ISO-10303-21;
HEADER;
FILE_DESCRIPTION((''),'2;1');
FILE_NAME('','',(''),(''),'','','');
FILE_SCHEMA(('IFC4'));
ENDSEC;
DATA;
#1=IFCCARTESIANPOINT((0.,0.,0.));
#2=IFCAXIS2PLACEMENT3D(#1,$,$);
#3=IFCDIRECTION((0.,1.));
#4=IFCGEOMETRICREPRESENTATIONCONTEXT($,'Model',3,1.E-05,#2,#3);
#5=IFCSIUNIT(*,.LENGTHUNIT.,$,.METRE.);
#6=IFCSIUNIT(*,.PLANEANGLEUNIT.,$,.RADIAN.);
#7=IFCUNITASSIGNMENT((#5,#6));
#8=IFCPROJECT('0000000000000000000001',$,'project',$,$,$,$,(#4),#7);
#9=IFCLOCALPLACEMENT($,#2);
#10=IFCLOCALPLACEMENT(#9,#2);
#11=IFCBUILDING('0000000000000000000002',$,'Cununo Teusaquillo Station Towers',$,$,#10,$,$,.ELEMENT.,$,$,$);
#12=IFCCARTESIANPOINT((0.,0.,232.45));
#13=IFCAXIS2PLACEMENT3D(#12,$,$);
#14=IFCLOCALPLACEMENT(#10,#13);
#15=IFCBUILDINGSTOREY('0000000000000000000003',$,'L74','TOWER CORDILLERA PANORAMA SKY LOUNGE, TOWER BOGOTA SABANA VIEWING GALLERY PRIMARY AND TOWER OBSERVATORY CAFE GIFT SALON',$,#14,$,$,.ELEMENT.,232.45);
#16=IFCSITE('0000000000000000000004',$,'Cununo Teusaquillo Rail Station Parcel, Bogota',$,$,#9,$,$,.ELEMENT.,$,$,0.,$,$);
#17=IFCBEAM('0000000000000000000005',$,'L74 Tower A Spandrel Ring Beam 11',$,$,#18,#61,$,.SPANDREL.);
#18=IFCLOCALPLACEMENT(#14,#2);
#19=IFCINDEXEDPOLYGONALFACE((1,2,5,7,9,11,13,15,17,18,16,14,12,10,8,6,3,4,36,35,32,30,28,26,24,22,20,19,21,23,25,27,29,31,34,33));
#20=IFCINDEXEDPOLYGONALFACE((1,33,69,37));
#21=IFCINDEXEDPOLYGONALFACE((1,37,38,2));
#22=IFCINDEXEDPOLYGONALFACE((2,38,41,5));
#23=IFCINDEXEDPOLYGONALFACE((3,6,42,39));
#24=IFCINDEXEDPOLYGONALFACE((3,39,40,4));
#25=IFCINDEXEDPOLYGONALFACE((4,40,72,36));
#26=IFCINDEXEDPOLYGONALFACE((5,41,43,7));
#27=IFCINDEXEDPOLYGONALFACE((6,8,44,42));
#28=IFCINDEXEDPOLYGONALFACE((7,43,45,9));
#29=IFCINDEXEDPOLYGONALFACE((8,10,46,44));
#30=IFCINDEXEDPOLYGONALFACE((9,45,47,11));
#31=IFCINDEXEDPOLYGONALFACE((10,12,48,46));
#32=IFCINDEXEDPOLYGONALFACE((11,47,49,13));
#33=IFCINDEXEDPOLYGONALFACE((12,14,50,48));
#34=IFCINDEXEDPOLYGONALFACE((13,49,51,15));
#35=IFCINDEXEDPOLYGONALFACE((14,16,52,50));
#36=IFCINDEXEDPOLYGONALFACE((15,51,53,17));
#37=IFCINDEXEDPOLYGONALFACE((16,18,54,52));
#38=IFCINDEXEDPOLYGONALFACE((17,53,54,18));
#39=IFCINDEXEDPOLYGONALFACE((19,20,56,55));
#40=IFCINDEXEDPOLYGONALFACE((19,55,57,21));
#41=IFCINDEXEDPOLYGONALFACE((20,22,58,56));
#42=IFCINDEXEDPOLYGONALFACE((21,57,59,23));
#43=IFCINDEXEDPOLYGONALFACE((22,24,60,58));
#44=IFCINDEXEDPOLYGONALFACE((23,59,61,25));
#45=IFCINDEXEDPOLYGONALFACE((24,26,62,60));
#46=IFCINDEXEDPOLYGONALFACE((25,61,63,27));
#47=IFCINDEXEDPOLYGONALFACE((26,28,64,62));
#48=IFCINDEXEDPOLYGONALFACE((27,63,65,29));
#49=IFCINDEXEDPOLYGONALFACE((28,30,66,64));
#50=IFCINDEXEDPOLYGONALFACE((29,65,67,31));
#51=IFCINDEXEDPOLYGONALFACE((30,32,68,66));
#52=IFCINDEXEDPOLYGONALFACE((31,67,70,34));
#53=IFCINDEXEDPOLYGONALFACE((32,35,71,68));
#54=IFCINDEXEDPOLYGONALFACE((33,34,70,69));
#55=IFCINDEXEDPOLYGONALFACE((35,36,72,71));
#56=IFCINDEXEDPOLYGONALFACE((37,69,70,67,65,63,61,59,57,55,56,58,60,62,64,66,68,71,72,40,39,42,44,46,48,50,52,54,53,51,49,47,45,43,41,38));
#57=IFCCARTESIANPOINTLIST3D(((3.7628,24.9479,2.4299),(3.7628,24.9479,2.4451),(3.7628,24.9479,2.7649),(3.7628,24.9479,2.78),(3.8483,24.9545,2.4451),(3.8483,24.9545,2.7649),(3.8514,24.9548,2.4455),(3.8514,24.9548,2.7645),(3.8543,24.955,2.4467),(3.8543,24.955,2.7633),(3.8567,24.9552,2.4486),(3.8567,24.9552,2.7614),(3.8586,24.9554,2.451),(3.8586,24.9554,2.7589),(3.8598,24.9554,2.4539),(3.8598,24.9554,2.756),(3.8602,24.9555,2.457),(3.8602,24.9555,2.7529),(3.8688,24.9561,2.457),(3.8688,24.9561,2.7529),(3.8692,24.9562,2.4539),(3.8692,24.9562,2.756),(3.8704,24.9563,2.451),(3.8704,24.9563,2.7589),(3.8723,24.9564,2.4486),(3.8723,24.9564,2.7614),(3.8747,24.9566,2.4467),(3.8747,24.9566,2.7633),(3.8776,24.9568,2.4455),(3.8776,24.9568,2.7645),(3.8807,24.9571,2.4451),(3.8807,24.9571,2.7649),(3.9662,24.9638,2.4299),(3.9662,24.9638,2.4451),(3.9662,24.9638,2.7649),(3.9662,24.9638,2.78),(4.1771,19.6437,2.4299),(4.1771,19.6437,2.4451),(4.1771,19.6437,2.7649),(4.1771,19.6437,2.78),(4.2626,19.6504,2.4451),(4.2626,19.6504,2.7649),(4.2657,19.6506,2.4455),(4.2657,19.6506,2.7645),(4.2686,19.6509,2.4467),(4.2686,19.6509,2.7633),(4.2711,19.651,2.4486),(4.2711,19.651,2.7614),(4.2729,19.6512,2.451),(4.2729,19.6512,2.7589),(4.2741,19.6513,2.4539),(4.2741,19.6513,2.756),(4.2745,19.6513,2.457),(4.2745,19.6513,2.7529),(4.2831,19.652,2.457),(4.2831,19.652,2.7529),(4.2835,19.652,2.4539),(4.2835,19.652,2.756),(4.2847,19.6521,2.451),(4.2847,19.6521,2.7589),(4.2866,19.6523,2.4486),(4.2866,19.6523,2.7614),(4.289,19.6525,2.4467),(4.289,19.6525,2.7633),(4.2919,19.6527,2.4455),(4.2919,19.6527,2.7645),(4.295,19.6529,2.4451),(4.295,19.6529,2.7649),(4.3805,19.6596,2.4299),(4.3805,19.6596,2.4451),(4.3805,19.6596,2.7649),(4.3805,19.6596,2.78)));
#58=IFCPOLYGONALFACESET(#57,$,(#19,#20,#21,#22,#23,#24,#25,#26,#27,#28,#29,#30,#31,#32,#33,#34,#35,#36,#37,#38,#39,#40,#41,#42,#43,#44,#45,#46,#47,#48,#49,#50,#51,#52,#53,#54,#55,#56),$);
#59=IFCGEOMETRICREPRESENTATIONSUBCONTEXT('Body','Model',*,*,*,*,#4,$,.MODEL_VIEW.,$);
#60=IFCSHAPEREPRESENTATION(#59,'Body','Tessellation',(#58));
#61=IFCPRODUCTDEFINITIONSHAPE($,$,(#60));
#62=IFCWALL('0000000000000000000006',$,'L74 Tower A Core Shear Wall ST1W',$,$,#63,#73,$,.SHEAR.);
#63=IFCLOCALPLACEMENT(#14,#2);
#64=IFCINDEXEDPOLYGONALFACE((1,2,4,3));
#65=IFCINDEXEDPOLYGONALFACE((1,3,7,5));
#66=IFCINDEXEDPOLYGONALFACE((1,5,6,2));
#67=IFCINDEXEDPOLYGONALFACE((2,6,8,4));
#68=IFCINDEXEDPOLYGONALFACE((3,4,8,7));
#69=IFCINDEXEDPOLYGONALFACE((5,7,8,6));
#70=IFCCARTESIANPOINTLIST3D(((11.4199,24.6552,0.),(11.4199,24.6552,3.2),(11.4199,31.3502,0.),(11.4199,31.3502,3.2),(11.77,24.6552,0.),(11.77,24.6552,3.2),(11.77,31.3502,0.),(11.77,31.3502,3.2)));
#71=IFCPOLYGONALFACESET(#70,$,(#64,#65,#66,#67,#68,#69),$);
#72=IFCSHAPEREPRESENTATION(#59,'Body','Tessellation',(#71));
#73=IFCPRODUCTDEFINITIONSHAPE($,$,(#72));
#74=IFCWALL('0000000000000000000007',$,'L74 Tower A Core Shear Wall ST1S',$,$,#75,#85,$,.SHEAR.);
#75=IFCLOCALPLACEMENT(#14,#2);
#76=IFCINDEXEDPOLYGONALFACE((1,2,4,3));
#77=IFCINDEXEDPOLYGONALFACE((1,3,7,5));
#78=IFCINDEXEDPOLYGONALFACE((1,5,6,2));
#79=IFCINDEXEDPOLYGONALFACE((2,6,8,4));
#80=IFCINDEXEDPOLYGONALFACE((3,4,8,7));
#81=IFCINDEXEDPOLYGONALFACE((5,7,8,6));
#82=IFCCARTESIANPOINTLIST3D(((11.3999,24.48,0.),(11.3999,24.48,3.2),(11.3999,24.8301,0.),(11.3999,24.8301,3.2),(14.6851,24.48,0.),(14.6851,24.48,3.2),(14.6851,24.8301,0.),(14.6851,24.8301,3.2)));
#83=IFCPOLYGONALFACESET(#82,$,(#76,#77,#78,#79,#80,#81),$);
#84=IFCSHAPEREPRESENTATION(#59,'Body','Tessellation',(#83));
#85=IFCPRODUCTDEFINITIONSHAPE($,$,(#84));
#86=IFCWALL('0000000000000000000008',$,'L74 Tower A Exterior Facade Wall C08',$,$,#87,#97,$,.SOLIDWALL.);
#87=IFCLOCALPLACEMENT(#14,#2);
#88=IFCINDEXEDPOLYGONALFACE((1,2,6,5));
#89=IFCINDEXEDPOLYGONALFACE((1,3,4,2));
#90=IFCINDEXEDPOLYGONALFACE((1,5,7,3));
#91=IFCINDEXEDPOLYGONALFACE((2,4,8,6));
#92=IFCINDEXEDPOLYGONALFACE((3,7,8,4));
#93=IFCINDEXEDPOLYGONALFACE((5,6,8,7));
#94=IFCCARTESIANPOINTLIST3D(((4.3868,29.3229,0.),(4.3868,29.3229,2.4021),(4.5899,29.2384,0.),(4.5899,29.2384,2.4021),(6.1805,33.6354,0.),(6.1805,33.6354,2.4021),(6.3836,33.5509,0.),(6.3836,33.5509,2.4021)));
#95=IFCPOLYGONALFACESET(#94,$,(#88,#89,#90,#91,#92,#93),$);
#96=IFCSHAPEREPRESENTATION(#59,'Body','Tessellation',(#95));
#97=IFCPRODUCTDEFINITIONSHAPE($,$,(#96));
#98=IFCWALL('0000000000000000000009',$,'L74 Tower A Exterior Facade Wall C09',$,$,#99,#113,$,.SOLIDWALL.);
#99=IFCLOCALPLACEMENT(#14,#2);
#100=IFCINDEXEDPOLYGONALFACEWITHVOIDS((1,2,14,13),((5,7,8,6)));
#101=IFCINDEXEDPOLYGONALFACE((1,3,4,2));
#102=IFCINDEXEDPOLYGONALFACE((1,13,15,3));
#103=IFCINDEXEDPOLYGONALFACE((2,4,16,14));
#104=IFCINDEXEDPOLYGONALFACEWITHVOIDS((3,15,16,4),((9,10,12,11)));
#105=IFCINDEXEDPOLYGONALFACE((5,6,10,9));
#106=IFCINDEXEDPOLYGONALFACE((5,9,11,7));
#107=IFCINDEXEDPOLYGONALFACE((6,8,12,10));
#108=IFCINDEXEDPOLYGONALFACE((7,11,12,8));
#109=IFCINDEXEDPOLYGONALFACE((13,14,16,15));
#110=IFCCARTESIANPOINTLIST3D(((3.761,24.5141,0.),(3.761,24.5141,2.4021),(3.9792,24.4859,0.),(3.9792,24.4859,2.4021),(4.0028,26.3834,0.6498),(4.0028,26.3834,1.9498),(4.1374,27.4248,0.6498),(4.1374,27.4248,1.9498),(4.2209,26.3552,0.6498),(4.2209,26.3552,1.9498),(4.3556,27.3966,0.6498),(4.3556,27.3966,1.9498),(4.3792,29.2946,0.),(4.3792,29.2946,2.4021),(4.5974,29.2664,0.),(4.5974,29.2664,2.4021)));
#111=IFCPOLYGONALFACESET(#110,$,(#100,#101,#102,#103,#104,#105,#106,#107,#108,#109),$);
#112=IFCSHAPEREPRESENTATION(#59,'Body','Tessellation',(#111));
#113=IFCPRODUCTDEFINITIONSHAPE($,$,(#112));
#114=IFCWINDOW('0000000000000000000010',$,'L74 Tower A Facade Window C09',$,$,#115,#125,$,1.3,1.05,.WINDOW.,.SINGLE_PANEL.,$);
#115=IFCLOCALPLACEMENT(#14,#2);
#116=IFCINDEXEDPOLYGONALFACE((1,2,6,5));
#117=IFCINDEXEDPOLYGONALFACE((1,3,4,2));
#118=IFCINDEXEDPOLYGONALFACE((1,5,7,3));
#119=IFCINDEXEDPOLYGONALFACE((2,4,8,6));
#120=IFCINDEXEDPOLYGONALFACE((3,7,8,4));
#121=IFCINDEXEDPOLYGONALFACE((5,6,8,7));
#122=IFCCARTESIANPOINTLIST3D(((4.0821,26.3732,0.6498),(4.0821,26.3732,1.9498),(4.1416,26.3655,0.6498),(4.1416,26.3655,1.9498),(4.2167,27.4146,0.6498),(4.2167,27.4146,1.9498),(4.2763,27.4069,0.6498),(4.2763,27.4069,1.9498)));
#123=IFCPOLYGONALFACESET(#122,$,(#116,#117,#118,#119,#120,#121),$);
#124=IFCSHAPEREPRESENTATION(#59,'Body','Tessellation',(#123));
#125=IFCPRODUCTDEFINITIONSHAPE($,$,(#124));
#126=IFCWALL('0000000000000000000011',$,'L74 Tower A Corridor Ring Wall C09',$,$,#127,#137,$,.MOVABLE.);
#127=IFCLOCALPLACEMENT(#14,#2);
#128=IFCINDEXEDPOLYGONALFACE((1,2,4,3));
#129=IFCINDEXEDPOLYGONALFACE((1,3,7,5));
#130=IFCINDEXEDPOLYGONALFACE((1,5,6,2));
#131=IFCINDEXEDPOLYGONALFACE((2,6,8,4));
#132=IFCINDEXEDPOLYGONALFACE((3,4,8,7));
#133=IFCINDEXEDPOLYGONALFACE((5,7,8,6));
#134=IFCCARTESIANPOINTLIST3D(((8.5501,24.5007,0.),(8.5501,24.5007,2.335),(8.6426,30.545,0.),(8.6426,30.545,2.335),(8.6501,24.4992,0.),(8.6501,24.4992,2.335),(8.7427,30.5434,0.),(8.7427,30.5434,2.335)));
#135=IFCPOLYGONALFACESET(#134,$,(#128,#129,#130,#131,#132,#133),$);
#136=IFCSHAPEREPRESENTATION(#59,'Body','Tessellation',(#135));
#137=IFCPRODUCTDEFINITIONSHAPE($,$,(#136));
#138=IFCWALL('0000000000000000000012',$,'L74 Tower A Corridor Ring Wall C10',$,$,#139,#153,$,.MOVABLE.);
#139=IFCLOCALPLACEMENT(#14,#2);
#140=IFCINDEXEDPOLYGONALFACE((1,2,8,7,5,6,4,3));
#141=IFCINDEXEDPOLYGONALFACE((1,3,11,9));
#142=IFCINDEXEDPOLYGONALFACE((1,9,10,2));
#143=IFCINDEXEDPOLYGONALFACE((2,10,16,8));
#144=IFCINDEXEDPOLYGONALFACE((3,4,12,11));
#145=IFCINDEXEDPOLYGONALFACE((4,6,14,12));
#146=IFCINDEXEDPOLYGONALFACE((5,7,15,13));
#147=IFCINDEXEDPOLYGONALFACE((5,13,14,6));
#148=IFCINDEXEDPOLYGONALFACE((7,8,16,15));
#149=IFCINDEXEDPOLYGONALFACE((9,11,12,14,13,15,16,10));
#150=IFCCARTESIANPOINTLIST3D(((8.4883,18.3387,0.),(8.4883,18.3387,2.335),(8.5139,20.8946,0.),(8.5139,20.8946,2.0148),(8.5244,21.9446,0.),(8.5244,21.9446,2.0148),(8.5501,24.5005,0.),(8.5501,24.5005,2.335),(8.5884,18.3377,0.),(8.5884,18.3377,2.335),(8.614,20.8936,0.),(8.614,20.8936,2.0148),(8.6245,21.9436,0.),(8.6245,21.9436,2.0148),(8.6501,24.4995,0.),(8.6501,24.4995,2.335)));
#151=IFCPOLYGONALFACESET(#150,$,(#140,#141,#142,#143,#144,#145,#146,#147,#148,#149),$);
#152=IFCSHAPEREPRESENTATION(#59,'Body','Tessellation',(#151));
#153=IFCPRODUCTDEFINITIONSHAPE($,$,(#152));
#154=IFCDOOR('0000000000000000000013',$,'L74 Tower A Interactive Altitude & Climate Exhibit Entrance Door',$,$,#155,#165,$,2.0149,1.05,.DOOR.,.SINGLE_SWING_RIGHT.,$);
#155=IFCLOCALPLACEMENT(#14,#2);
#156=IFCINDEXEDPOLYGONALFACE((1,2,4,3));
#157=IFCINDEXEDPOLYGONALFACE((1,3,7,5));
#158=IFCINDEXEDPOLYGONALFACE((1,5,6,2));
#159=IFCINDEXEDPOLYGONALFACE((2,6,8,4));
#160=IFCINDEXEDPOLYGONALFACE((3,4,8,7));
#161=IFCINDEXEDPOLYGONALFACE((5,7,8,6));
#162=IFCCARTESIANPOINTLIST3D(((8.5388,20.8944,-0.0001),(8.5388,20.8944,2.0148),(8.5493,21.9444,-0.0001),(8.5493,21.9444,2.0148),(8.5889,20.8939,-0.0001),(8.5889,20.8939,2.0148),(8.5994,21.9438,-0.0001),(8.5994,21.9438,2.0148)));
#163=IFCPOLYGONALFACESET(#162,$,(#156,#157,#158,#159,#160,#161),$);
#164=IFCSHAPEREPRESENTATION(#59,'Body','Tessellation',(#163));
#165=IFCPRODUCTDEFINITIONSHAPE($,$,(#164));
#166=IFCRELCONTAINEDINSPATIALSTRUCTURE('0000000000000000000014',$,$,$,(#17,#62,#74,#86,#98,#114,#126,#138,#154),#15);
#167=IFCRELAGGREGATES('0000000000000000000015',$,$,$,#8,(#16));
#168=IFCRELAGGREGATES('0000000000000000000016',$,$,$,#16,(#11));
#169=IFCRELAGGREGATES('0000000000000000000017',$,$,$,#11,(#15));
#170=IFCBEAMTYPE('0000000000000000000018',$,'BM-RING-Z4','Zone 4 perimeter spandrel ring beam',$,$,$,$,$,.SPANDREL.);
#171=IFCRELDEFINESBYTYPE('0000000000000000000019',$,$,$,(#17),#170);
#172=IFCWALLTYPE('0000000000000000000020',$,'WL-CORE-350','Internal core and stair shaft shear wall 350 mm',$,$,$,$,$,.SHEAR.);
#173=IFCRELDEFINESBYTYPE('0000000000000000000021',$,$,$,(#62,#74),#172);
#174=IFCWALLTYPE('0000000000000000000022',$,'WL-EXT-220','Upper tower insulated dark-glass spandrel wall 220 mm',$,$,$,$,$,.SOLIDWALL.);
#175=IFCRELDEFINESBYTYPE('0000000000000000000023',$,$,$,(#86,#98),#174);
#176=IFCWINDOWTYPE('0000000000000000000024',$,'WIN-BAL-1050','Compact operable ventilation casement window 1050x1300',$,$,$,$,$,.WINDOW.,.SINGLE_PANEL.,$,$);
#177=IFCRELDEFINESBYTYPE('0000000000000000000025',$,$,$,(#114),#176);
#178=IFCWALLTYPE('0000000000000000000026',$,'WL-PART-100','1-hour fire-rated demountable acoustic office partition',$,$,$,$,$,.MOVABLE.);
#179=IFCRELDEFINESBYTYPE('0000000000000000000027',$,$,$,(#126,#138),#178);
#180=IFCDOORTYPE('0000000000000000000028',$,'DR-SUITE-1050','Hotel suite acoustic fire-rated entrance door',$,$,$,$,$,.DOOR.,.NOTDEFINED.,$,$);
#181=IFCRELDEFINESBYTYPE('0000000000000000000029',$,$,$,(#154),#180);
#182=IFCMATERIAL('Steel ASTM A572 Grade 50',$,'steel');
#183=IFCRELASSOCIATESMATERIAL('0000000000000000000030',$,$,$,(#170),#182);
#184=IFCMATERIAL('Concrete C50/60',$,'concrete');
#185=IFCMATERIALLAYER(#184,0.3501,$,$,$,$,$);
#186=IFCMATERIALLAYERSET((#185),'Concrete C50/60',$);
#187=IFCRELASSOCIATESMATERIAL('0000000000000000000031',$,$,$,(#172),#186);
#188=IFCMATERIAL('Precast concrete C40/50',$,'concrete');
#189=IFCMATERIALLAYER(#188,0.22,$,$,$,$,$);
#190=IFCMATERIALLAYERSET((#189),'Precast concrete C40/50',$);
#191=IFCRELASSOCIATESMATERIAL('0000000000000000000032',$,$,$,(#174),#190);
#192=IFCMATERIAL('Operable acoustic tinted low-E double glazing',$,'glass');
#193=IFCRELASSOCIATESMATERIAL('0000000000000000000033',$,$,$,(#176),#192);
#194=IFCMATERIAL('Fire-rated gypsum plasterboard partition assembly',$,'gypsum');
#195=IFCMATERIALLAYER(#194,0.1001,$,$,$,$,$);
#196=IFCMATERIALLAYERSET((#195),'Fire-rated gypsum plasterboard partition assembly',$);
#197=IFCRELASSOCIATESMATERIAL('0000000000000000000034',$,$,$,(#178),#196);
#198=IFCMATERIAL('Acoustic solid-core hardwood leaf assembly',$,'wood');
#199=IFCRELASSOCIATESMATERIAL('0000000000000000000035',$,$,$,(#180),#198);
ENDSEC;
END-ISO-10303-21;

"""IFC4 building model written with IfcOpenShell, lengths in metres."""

from ifc_helpers import new_model, si_unit, direction, frame, frame_2d, origin, origin_2d, place, context, subcontext, project, spatial, rectangle, i_section, extrude, source, transform, mapped, material, layer, layer_set, material_profile, profile_set, type_object, element, fill, save


model = new_model("IFC4")

# Units and contexts
model_context = context("Model", 3, precision=1e-05, world=origin(), true_north=direction((0.0, 1.0)))
body_context = subcontext(model_context, "Body", "Model", "MODEL_VIEW")
ifc_project = project(units=[si_unit("LENGTHUNIT", "METRE"), si_unit("PLANEANGLEUNIT", "RADIAN")], contexts=[model_context])

# Site, building, storey
site_placement = place(None, origin())
site = spatial("IfcSite", under=ifc_project, at=site_placement, Name="Cununo Teusaquillo Rail Station Parcel, Bogota", CompositionType="ELEMENT", RefElevation=0.0)
building_placement = place(site_placement, origin())
building = spatial("IfcBuilding", under=site, at=building_placement, Name="Cununo Teusaquillo Station Towers", CompositionType="ELEMENT")
storey_placement = place(building_placement, frame((0.0, 0.0, 232.45)))
storey = spatial("IfcBuildingStorey", under=building, at=storey_placement, Name="L74", Description="TOWER CORDILLERA PANORAMA SKY LOUNGE, TOWER BOGOTA SABANA VIEWING GALLERY PRIMARY AND TOWER OBSERVATORY CAFE GIFT SALON", CompositionType="ELEMENT", Elevation=232.45)

# Beam
ifc_material_1 = material(Name="Steel ASTM A572 Grade 50", Category="steel")
ifc_material_profile_1 = material_profile(ifc_material_1, i_section(OverallWidth=0.2041, OverallDepth=0.3501, WebThickness=0.0085, FlangeThickness=0.0151, FilletRadius=0.012, at=origin_2d()), Name="W14X48")
ifc_profile_set_1 = profile_set([ifc_material_profile_1], Name="Steel ASTM A572 Grade 50")
beam_type_1 = type_object("IfcBeamType", Name="BM-RING-Z4", Description="Zone 4 perimeter spandrel ring beam", PredefinedType="SPANDREL", material=ifc_profile_set_1)
beam_1_placement = place(storey_placement, frame((3.8645, 24.9558, 2.605), z_axis=(0.077872, -0.996963, 0.0), x_axis=(0.996963, 0.077872, 0.0)))
element("IfcBeam", 1, at=beam_1_placement, inside=storey, type_object=beam_type_1, Name="L74 Tower A Spandrel Ring Beam 11", PredefinedType="SPANDREL", context=body_context, shape_type="SweptSolid", body=[
    extrude(i_section(OverallWidth=0.2041, OverallDepth=0.3501, WebThickness=0.0085, FlangeThickness=0.0151, FilletRadius=0.012, at=origin_2d()), origin(), (0.0, 0.0, 1.0), 5.3203),
])

# Walls
ifc_material_2 = material(Name="Concrete C50/60", Category="concrete")
ifc_layer_1 = layer(ifc_material_2, 0.3501)
ifc_layer_set_1 = layer_set([ifc_layer_1], Name="Concrete C50/60")
wall_type_1 = type_object("IfcWallType", Name="WL-CORE-350", Description="Internal core and stair shaft shear wall 350 mm", PredefinedType="SHEAR", material=ifc_layer_set_1)
wall_1_placement = place(storey_placement, frame((11.595, 24.655, 0.0), z_axis=(0.0, 0.0, 1.0), x_axis=(0.0, 1.0, 0.0)))
element("IfcWall", 2, at=wall_1_placement, inside=storey, type_object=wall_type_1, Name="L74 Tower A Core Shear Wall ST1W", PredefinedType="SHEAR", context=body_context, shape_type="SweptSolid", body=[
    extrude(rectangle(XDim=6.6951, YDim=0.3501, at=frame_2d((3.3477, 0.0))), origin(), (0.0, 0.0, 1.0), 3.2),
])
wall_2_placement = place(storey_placement, frame((11.3999, 24.655, 0.0), z_axis=(0.0, 0.0, 1.0), x_axis=(1.0, 0.0, 0.0)))
element("IfcWall", 3, at=wall_2_placement, inside=storey, type_object=wall_type_1, Name="L74 Tower A Core Shear Wall ST1S", PredefinedType="SHEAR", context=body_context, shape_type="SweptSolid", body=[
    extrude(rectangle(XDim=3.2852, YDim=0.3501, at=frame_2d((1.6426, 0.0))), origin(), (0.0, 0.0, 1.0), 3.2),
])
ifc_material_3 = material(Name="Precast concrete C40/50", Category="concrete")
ifc_layer_2 = layer(ifc_material_3, 0.22)
ifc_layer_set_2 = layer_set([ifc_layer_2], Name="Precast concrete C40/50")
wall_type_2 = type_object("IfcWallType", Name="WL-EXT-220", Description="Upper tower insulated dark-glass spandrel wall 220 mm", PredefinedType="SOLIDWALL", material=ifc_layer_set_2)
wall_3_placement = place(storey_placement, frame((4.4883, 29.2805, 0.0), z_axis=(0.0, 0.0, 1.0), x_axis=(0.384036, 0.923318, 0.0)))
element("IfcWall", 4, at=wall_3_placement, inside=storey, type_object=wall_type_2, Name="L74 Tower A Exterior Facade Wall C08", PredefinedType="SOLIDWALL", context=body_context, shape_type="SweptSolid", body=[
    extrude(rectangle(XDim=4.6707, YDim=0.22, at=frame_2d((2.3354, 0.0))), origin(), (0.0, 0.0, 1.0), 2.4021),
])

# Wall, opening, window
wall_4_placement = place(storey_placement, frame((3.8701, 24.5, 0.0), z_axis=(0.0, 0.0, 1.0), x_axis=(0.128241, 0.991743, 0.0)))
wall_4 = element("IfcWall", 5, at=wall_4_placement, inside=storey, type_object=wall_type_2, Name="L74 Tower A Exterior Facade Wall C09", PredefinedType="SOLIDWALL", context=body_context, shape_type="SweptSolid", body=[
    extrude(rectangle(XDim=4.8203, YDim=0.22, at=frame_2d((2.4102, 0.0))), origin(), (0.0, 0.0, 1.0), 2.4021),
])
shared_shape_1 = source(origin(), body_context, "Body", "SweptSolid", [
    extrude(rectangle(XDim=1.05, YDim=1.3, at=frame_2d((0.5249, 0.6499))), frame((0.0, 0.1199, 0.0), z_axis=(0.0, -1.0, 0.0), x_axis=(1.0, 0.0, 0.0)), (0.0, 0.0, 1.0), 0.24),
])
opening_1_placement = place(wall_4_placement, frame((1.885, 0.0, 0.6499)))
opening_1 = element("IfcOpeningElement", 6, at=opening_1_placement, cuts=wall_4, PredefinedType="OPENING", context=body_context, shape_type="MappedRepresentation", body=[
    mapped(shared_shape_1, transform((0.0, 0.0, 0.0), x_axis=(1.0, 0.0, 0.0), y_axis=(0.0, 1.0, 0.0), z_axis=(0.0, 0.0, 1.0), scale=1.0)),
])
ifc_material_4 = material(Name="Operable acoustic tinted low-E double glazing", Category="glass")
window_type = type_object("IfcWindowType", Name="WIN-BAL-1050", Description="Compact operable ventilation casement window 1050x1300", PartitioningType="SINGLE_PANEL", PredefinedType="WINDOW", material=ifc_material_4)
shared_shape_2 = source(origin(), body_context, "Body", "SweptSolid", [
    extrude(rectangle(XDim=1.05, YDim=1.3, at=frame_2d((0.5249, 0.6499))), frame((0.0, 0.03, 0.0), z_axis=(0.0, -1.0, 0.0), x_axis=(1.0, 0.0, 0.0)), (0.0, 0.0, 1.0), 0.0601),
])
window_placement = place(opening_1_placement, origin())
window = element("IfcWindow", 7, at=window_placement, inside=storey, type_object=window_type, Name="L74 Tower A Facade Window C09", OverallHeight=1.3, OverallWidth=1.05, PartitioningType="SINGLE_PANEL", PredefinedType="WINDOW", context=body_context, shape_type="MappedRepresentation", body=[
    mapped(shared_shape_2, transform((0.0, 0.0, 0.0), x_axis=(1.0, 0.0, 0.0), y_axis=(0.0, 1.0, 0.0), z_axis=(0.0, 0.0, 1.0), scale=1.0)),
])
fill(opening_1, window)

# Wall
ifc_material_5 = material(Name="Fire-rated gypsum plasterboard partition assembly", Category="gypsum")
ifc_layer_3 = layer(ifc_material_5, 0.1001)
ifc_layer_set_3 = layer_set([ifc_layer_3], Name="Fire-rated gypsum plasterboard partition assembly")
wall_type_3 = type_object("IfcWallType", Name="WL-PART-100", Description="1-hour fire-rated demountable acoustic office partition", PredefinedType="MOVABLE", material=ifc_layer_set_3)
wall_5_placement = place(storey_placement, frame((8.6926, 30.5442, 0.0), z_axis=(0.0, 0.0, 1.0), x_axis=(-0.015307, -0.999883, 0.0)))
element("IfcWall", 8, at=wall_5_placement, inside=storey, type_object=wall_type_3, Name="L74 Tower A Corridor Ring Wall C09", PredefinedType="MOVABLE", context=body_context, shape_type="SweptSolid", body=[
    extrude(rectangle(XDim=6.0449, YDim=0.1001, at=frame_2d((3.0225, 0.0))), origin(), (0.0, 0.0, 1.0), 2.335),
])

# Wall, opening, door
wall_6_placement = place(storey_placement, frame((8.6001, 24.5, 0.0), z_axis=(0.0, 0.0, 1.0), x_axis=(-0.010024, -0.99995, 0.0)))
wall_6 = element("IfcWall", 9, at=wall_6_placement, inside=storey, type_object=wall_type_3, Name="L74 Tower A Corridor Ring Wall C10", PredefinedType="MOVABLE", context=body_context, shape_type="SweptSolid", body=[
    extrude(rectangle(XDim=6.1621, YDim=0.1001, at=frame_2d((3.0811, 0.0))), origin(), (0.0, 0.0, 1.0), 2.335),
])
shared_shape_3 = source(origin(), body_context, "Body", "SweptSolid", [
    extrude(rectangle(XDim=1.05, YDim=2.0149, at=frame_2d((0.5249, 1.0073))), frame((0.0, 0.0601, 0.0), z_axis=(0.0, -1.0, 0.0), x_axis=(1.0, 0.0, 0.0)), (0.0, 0.0, 1.0), 0.1201),
])
opening_2_placement = place(wall_6_placement, frame((2.5562, 0.0, 0.0)))
opening_2 = element("IfcOpeningElement", 10, at=opening_2_placement, cuts=wall_6, PredefinedType="OPENING", context=body_context, shape_type="MappedRepresentation", body=[
    mapped(shared_shape_3, transform((0.0, 0.0, 0.0), x_axis=(1.0, 0.0, 0.0), y_axis=(0.0, 1.0, 0.0), z_axis=(0.0, 0.0, 1.0), scale=1.0)),
])
ifc_material_6 = material(Name="Acoustic solid-core hardwood leaf assembly", Category="wood")
door_type_1 = type_object("IfcDoorType", Name="DR-SUITE-1050", Description="Hotel suite acoustic fire-rated entrance door", OperationType="NOTDEFINED", PredefinedType="DOOR", material=ifc_material_6)
shared_shape_4 = source(origin(), body_context, "Body", "SweptSolid", [
    extrude(rectangle(XDim=1.05, YDim=2.0149, at=frame_2d((0.5249, 1.0073))), frame((0.0, 0.0249, 0.0), z_axis=(0.0, -1.0, 0.0), x_axis=(1.0, 0.0, 0.0)), (0.0, 0.0, 1.0), 0.05),
])
door_1_placement = place(opening_2_placement, origin())
door_1 = element("IfcDoor", 11, at=door_1_placement, inside=storey, type_object=door_type_1, Name="L74 Tower A Interactive Altitude & Climate Exhibit Entrance Door", OperationType="SINGLE_SWING_RIGHT", OverallHeight=2.0149, OverallWidth=1.05, PredefinedType="DOOR", context=body_context, shape_type="MappedRepresentation", body=[
    mapped(shared_shape_4, transform((0.0, 0.0, 0.0), x_axis=(1.0, 0.0, 0.0), y_axis=(0.0, 1.0, 0.0), z_axis=(0.0, 0.0, 1.0), scale=1.0)),
])
fill(opening_2, door_1)

save(model, "model.ifc")
